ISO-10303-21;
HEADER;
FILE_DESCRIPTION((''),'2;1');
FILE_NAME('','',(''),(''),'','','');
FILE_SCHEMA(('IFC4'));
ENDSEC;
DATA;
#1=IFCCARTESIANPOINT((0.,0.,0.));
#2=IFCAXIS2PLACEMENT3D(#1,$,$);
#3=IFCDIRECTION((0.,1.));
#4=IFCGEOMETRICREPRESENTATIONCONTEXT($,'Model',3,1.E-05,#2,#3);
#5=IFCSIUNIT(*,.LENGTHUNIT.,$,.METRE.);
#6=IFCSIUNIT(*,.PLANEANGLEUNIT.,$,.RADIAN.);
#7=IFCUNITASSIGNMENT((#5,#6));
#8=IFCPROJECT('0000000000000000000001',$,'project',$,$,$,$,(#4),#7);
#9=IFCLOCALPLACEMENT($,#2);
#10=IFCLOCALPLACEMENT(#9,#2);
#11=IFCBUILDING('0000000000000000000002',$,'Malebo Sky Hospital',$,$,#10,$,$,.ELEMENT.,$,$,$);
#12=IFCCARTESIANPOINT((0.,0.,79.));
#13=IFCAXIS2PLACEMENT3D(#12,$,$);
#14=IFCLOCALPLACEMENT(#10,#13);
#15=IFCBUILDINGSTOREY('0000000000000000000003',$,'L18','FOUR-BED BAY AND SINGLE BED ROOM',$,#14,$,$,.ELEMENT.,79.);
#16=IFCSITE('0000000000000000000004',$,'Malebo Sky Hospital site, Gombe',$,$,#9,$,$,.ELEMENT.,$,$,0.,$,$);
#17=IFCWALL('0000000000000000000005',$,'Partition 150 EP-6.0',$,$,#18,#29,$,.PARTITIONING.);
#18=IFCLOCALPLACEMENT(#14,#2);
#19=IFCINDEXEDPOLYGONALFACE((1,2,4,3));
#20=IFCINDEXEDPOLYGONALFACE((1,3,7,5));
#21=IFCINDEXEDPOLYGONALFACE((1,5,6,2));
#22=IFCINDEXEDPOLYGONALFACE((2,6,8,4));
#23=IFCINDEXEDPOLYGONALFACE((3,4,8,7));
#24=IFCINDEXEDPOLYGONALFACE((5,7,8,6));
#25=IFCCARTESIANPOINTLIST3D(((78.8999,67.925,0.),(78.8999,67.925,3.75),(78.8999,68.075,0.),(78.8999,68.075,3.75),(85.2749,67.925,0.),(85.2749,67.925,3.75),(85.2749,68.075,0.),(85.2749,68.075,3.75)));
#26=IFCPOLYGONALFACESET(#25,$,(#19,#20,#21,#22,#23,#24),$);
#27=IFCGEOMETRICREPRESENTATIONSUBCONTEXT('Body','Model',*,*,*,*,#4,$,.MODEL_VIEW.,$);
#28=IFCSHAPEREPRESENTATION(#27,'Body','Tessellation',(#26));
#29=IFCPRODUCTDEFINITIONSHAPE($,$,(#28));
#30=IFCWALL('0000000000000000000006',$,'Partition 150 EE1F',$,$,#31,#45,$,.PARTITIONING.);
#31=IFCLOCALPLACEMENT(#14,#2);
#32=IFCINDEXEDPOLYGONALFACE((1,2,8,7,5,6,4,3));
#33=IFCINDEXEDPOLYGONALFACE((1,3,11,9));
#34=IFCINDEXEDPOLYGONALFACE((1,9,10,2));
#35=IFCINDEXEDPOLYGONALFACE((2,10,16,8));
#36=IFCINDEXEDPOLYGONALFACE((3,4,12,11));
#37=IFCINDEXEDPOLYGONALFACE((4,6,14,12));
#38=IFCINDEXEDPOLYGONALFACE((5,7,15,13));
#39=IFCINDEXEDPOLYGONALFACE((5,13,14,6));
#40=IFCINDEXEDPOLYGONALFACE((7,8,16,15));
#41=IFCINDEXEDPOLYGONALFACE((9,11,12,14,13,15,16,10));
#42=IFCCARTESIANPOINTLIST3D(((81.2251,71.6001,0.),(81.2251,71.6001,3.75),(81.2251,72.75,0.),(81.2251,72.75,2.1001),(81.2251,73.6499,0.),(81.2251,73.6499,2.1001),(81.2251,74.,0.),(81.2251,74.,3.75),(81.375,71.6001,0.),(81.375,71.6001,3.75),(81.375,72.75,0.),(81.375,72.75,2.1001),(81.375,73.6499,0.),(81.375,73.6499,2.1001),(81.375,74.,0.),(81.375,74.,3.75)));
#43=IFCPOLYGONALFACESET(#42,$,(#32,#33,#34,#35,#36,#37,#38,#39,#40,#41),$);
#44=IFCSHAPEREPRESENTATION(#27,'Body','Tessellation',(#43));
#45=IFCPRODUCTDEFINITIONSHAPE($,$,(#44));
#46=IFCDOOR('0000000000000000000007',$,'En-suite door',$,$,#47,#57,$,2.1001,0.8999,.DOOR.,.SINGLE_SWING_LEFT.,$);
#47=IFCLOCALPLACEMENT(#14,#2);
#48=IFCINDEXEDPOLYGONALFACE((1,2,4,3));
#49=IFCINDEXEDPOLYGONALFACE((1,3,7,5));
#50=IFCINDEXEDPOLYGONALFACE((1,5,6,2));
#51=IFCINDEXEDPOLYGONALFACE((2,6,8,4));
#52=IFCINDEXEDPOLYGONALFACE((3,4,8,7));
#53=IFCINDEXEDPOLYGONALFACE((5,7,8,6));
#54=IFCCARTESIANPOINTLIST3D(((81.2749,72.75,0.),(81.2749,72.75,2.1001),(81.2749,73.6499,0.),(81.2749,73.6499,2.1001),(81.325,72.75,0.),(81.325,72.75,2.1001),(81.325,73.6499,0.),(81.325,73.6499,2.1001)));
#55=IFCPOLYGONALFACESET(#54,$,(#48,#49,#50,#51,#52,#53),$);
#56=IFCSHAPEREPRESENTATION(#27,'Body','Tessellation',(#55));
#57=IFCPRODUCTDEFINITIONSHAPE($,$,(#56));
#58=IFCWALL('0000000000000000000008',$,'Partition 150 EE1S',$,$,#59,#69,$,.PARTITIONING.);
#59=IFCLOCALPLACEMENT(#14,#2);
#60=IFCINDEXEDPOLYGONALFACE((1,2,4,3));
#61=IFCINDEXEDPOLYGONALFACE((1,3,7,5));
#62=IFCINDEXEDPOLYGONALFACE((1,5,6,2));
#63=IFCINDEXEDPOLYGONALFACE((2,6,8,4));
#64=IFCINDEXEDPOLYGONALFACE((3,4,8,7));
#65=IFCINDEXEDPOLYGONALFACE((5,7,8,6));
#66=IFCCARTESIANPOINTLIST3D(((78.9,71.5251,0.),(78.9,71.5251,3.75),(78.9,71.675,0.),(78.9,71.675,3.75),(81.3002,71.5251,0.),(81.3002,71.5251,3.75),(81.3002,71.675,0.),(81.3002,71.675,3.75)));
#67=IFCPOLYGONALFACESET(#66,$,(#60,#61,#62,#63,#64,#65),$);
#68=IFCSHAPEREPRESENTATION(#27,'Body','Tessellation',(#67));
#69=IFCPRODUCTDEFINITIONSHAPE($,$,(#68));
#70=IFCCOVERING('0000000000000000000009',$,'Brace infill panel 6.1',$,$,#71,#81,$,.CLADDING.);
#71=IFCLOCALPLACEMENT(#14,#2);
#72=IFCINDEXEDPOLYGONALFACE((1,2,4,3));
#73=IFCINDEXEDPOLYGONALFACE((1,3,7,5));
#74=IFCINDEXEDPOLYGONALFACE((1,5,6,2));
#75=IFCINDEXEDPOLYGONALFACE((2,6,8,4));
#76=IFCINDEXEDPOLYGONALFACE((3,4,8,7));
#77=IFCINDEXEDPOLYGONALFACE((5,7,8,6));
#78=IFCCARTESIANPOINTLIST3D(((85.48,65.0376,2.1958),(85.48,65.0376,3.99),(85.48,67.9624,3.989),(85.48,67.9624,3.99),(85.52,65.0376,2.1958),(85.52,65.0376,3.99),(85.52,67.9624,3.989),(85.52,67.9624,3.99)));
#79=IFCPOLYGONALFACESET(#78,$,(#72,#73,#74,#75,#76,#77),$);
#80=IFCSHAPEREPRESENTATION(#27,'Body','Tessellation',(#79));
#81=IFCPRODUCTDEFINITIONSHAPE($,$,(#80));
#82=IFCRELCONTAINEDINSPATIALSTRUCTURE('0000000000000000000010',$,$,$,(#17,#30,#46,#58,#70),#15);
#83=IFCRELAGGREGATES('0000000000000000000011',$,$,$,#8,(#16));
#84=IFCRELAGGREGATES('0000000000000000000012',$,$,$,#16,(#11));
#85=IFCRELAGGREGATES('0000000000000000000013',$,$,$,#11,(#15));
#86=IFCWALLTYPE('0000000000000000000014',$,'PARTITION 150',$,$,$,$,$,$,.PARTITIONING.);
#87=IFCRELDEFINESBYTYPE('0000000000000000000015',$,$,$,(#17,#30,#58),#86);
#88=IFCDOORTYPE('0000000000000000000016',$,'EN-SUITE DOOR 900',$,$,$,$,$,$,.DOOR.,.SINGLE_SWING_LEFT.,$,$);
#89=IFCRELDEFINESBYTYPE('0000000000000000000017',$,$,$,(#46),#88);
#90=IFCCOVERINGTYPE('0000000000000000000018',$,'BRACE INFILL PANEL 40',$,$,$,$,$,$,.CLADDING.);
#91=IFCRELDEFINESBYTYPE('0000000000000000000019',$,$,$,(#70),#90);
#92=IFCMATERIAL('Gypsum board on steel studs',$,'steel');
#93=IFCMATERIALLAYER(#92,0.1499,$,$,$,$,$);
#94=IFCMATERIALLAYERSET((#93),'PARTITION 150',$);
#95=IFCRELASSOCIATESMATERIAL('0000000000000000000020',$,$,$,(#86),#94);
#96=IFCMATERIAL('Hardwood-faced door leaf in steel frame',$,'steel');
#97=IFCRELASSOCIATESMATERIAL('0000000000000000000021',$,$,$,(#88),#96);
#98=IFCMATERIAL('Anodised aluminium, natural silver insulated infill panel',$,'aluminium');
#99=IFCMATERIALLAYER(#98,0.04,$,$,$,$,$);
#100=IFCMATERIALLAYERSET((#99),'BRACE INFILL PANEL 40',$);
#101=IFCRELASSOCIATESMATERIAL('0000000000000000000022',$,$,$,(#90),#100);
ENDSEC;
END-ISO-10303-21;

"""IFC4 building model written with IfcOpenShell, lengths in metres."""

from ifc_helpers import new_model, si_unit, direction, frame, frame_2d, origin, place, context, subcontext, project, spatial, polyline, rectangle, outline, extrude, material, layer, layer_set, type_object, element, fill, save


model = new_model("IFC4")

# Units and contexts
model_context = context("Model", 3, precision=1e-05, world=origin(), true_north=direction((0.0, 1.0)))
body_context = subcontext(model_context, "Body", "Model", "MODEL_VIEW")
ifc_project = project(units=[si_unit("LENGTHUNIT", "METRE"), si_unit("PLANEANGLEUNIT", "RADIAN")], contexts=[model_context])

# Site, building, storey
site_placement = place(None, origin())
site = spatial("IfcSite", under=ifc_project, at=site_placement, Name="Malebo Sky Hospital site, Gombe", CompositionType="ELEMENT", RefElevation=0.0)
building_placement = place(site_placement, origin())
building = spatial("IfcBuilding", under=site, at=building_placement, Name="Malebo Sky Hospital", CompositionType="ELEMENT")
storey_placement = place(building_placement, frame((0.0, 0.0, 79.0)))
storey = spatial("IfcBuildingStorey", under=building, at=storey_placement, Name="L18", Description="FOUR-BED BAY AND SINGLE BED ROOM", CompositionType="ELEMENT", Elevation=79.0)

# Wall
ifc_material_1 = material(Name="Gypsum board on steel studs", Category="steel")
ifc_layer_1 = layer(ifc_material_1, 0.1499)
ifc_layer_set_1 = layer_set([ifc_layer_1], Name="PARTITION 150")
wall_type = type_object("IfcWallType", Name="PARTITION 150", PredefinedType="PARTITIONING", material=ifc_layer_set_1)
for number, where, z_axis, x_axis, name in (
    (1, (78.8999, 68.0, 0.0), (0.0, 0.0, 1.0), (1.0, 0.0, 0.0), "Partition 150 EP-6.0"),
):
    element("IfcWall", number, at=place(storey_placement, frame(where, z_axis=z_axis, x_axis=x_axis)), inside=storey, type_object=wall_type, Name=name, PredefinedType="PARTITIONING", context=body_context, shape_type="SweptSolid", body=[
        extrude(rectangle(XDim=6.375, YDim=0.1499, at=frame_2d((3.1875, 0.0))), origin(), (0.0, 0.0, 1.0), 3.75),
    ])

# Wall, opening, door
wall_1_placement = place(storey_placement, frame((81.3, 74.0, 0.0), z_axis=(0.0, 0.0, 1.0), x_axis=(0.0, -1.0, 0.0)))
wall_1 = element("IfcWall", 2, at=wall_1_placement, inside=storey, type_object=wall_type, Name="Partition 150 EE1F", PredefinedType="PARTITIONING", context=body_context, shape_type="SweptSolid", body=[
    extrude(rectangle(XDim=2.3999, YDim=0.1499, at=frame_2d((1.2, 0.0))), origin(), (0.0, 0.0, 1.0), 3.75),
])
opening_placement = place(wall_1_placement, frame((0.3501, 0.0, 0.0)))
opening = element("IfcOpeningElement", 3, at=opening_placement, cuts=wall_1, PredefinedType="OPENING", context=body_context, shape_type="SweptSolid", body=[
    extrude(rectangle(XDim=0.8999, YDim=2.1001, at=frame_2d((0.45, 1.05))), frame((0.0, 0.085, 0.0), z_axis=(0.0, -1.0, 0.0), x_axis=(1.0, 0.0, 0.0)), (0.0, 0.0, 1.0), 0.1699),
])
ifc_material_2 = material(Name="Hardwood-faced door leaf in steel frame", Category="steel")
door_type = type_object("IfcDoorType", Name="EN-SUITE DOOR 900", OperationType="SINGLE_SWING_LEFT", PredefinedType="DOOR", material=ifc_material_2)
door_placement = place(opening_placement, origin())
door = element("IfcDoor", 4, at=door_placement, inside=storey, type_object=door_type, Name="En-suite door", OperationType="SINGLE_SWING_LEFT", OverallHeight=2.1001, OverallWidth=0.8999, PredefinedType="DOOR", context=body_context, shape_type="SweptSolid", body=[
    extrude(rectangle(XDim=0.8999, YDim=2.1001, at=frame_2d((0.45, 1.05))), frame((0.0, 0.0249, 0.0), z_axis=(0.0, -1.0, 0.0), x_axis=(1.0, 0.0, 0.0)), (0.0, 0.0, 1.0), 0.05),
])
fill(opening, door)

# Wall
wall_2_placement = place(storey_placement, frame((78.8999, 71.6001, 0.0), z_axis=(0.0, 0.0, 1.0), x_axis=(1.0, 0.0, 0.0)))
element("IfcWall", 5, at=wall_2_placement, inside=storey, type_object=wall_type, Name="Partition 150 EE1S", PredefinedType="PARTITIONING", context=body_context, shape_type="SweptSolid", body=[
    extrude(rectangle(XDim=2.4001, YDim=0.1499, at=frame_2d((1.2002, 0.0))), origin(), (0.0, 0.0, 1.0), 3.75),
])

# Covering
ifc_material_3 = material(Name="Anodised aluminium, natural silver insulated infill panel", Category="aluminium")
ifc_layer_2 = layer(ifc_material_3, 0.04)
ifc_layer_set_2 = layer_set([ifc_layer_2], Name="BRACE INFILL PANEL 40")
covering_type = type_object("IfcCoveringType", Name="BRACE INFILL PANEL 40", PredefinedType="CLADDING", material=ifc_layer_set_2)
covering_placement = place(storey_placement, frame((85.5, 66.5, 2.1958), z_axis=(0.0, 0.0, 1.0), x_axis=(0.0, -1.0, 0.0)))
element("IfcCovering", 6, at=covering_placement, inside=storey, type_object=covering_type, Name="Brace infill panel 6.1", PredefinedType="CLADDING", context=body_context, shape_type="SweptSolid", body=[
    extrude(outline(polyline([(1.4624, 0.0), (1.4624, 1.7942), (-1.4624, 1.7942), (-1.4624, 1.7932), (1.4624, 0.0)])), frame((0.0, 0.02, 0.0), z_axis=(0.0, -1.0, 0.0), x_axis=(1.0, 0.0, 0.0)), (0.0, 0.0, 1.0), 0.04),
])

save(model, "model.ifc")
